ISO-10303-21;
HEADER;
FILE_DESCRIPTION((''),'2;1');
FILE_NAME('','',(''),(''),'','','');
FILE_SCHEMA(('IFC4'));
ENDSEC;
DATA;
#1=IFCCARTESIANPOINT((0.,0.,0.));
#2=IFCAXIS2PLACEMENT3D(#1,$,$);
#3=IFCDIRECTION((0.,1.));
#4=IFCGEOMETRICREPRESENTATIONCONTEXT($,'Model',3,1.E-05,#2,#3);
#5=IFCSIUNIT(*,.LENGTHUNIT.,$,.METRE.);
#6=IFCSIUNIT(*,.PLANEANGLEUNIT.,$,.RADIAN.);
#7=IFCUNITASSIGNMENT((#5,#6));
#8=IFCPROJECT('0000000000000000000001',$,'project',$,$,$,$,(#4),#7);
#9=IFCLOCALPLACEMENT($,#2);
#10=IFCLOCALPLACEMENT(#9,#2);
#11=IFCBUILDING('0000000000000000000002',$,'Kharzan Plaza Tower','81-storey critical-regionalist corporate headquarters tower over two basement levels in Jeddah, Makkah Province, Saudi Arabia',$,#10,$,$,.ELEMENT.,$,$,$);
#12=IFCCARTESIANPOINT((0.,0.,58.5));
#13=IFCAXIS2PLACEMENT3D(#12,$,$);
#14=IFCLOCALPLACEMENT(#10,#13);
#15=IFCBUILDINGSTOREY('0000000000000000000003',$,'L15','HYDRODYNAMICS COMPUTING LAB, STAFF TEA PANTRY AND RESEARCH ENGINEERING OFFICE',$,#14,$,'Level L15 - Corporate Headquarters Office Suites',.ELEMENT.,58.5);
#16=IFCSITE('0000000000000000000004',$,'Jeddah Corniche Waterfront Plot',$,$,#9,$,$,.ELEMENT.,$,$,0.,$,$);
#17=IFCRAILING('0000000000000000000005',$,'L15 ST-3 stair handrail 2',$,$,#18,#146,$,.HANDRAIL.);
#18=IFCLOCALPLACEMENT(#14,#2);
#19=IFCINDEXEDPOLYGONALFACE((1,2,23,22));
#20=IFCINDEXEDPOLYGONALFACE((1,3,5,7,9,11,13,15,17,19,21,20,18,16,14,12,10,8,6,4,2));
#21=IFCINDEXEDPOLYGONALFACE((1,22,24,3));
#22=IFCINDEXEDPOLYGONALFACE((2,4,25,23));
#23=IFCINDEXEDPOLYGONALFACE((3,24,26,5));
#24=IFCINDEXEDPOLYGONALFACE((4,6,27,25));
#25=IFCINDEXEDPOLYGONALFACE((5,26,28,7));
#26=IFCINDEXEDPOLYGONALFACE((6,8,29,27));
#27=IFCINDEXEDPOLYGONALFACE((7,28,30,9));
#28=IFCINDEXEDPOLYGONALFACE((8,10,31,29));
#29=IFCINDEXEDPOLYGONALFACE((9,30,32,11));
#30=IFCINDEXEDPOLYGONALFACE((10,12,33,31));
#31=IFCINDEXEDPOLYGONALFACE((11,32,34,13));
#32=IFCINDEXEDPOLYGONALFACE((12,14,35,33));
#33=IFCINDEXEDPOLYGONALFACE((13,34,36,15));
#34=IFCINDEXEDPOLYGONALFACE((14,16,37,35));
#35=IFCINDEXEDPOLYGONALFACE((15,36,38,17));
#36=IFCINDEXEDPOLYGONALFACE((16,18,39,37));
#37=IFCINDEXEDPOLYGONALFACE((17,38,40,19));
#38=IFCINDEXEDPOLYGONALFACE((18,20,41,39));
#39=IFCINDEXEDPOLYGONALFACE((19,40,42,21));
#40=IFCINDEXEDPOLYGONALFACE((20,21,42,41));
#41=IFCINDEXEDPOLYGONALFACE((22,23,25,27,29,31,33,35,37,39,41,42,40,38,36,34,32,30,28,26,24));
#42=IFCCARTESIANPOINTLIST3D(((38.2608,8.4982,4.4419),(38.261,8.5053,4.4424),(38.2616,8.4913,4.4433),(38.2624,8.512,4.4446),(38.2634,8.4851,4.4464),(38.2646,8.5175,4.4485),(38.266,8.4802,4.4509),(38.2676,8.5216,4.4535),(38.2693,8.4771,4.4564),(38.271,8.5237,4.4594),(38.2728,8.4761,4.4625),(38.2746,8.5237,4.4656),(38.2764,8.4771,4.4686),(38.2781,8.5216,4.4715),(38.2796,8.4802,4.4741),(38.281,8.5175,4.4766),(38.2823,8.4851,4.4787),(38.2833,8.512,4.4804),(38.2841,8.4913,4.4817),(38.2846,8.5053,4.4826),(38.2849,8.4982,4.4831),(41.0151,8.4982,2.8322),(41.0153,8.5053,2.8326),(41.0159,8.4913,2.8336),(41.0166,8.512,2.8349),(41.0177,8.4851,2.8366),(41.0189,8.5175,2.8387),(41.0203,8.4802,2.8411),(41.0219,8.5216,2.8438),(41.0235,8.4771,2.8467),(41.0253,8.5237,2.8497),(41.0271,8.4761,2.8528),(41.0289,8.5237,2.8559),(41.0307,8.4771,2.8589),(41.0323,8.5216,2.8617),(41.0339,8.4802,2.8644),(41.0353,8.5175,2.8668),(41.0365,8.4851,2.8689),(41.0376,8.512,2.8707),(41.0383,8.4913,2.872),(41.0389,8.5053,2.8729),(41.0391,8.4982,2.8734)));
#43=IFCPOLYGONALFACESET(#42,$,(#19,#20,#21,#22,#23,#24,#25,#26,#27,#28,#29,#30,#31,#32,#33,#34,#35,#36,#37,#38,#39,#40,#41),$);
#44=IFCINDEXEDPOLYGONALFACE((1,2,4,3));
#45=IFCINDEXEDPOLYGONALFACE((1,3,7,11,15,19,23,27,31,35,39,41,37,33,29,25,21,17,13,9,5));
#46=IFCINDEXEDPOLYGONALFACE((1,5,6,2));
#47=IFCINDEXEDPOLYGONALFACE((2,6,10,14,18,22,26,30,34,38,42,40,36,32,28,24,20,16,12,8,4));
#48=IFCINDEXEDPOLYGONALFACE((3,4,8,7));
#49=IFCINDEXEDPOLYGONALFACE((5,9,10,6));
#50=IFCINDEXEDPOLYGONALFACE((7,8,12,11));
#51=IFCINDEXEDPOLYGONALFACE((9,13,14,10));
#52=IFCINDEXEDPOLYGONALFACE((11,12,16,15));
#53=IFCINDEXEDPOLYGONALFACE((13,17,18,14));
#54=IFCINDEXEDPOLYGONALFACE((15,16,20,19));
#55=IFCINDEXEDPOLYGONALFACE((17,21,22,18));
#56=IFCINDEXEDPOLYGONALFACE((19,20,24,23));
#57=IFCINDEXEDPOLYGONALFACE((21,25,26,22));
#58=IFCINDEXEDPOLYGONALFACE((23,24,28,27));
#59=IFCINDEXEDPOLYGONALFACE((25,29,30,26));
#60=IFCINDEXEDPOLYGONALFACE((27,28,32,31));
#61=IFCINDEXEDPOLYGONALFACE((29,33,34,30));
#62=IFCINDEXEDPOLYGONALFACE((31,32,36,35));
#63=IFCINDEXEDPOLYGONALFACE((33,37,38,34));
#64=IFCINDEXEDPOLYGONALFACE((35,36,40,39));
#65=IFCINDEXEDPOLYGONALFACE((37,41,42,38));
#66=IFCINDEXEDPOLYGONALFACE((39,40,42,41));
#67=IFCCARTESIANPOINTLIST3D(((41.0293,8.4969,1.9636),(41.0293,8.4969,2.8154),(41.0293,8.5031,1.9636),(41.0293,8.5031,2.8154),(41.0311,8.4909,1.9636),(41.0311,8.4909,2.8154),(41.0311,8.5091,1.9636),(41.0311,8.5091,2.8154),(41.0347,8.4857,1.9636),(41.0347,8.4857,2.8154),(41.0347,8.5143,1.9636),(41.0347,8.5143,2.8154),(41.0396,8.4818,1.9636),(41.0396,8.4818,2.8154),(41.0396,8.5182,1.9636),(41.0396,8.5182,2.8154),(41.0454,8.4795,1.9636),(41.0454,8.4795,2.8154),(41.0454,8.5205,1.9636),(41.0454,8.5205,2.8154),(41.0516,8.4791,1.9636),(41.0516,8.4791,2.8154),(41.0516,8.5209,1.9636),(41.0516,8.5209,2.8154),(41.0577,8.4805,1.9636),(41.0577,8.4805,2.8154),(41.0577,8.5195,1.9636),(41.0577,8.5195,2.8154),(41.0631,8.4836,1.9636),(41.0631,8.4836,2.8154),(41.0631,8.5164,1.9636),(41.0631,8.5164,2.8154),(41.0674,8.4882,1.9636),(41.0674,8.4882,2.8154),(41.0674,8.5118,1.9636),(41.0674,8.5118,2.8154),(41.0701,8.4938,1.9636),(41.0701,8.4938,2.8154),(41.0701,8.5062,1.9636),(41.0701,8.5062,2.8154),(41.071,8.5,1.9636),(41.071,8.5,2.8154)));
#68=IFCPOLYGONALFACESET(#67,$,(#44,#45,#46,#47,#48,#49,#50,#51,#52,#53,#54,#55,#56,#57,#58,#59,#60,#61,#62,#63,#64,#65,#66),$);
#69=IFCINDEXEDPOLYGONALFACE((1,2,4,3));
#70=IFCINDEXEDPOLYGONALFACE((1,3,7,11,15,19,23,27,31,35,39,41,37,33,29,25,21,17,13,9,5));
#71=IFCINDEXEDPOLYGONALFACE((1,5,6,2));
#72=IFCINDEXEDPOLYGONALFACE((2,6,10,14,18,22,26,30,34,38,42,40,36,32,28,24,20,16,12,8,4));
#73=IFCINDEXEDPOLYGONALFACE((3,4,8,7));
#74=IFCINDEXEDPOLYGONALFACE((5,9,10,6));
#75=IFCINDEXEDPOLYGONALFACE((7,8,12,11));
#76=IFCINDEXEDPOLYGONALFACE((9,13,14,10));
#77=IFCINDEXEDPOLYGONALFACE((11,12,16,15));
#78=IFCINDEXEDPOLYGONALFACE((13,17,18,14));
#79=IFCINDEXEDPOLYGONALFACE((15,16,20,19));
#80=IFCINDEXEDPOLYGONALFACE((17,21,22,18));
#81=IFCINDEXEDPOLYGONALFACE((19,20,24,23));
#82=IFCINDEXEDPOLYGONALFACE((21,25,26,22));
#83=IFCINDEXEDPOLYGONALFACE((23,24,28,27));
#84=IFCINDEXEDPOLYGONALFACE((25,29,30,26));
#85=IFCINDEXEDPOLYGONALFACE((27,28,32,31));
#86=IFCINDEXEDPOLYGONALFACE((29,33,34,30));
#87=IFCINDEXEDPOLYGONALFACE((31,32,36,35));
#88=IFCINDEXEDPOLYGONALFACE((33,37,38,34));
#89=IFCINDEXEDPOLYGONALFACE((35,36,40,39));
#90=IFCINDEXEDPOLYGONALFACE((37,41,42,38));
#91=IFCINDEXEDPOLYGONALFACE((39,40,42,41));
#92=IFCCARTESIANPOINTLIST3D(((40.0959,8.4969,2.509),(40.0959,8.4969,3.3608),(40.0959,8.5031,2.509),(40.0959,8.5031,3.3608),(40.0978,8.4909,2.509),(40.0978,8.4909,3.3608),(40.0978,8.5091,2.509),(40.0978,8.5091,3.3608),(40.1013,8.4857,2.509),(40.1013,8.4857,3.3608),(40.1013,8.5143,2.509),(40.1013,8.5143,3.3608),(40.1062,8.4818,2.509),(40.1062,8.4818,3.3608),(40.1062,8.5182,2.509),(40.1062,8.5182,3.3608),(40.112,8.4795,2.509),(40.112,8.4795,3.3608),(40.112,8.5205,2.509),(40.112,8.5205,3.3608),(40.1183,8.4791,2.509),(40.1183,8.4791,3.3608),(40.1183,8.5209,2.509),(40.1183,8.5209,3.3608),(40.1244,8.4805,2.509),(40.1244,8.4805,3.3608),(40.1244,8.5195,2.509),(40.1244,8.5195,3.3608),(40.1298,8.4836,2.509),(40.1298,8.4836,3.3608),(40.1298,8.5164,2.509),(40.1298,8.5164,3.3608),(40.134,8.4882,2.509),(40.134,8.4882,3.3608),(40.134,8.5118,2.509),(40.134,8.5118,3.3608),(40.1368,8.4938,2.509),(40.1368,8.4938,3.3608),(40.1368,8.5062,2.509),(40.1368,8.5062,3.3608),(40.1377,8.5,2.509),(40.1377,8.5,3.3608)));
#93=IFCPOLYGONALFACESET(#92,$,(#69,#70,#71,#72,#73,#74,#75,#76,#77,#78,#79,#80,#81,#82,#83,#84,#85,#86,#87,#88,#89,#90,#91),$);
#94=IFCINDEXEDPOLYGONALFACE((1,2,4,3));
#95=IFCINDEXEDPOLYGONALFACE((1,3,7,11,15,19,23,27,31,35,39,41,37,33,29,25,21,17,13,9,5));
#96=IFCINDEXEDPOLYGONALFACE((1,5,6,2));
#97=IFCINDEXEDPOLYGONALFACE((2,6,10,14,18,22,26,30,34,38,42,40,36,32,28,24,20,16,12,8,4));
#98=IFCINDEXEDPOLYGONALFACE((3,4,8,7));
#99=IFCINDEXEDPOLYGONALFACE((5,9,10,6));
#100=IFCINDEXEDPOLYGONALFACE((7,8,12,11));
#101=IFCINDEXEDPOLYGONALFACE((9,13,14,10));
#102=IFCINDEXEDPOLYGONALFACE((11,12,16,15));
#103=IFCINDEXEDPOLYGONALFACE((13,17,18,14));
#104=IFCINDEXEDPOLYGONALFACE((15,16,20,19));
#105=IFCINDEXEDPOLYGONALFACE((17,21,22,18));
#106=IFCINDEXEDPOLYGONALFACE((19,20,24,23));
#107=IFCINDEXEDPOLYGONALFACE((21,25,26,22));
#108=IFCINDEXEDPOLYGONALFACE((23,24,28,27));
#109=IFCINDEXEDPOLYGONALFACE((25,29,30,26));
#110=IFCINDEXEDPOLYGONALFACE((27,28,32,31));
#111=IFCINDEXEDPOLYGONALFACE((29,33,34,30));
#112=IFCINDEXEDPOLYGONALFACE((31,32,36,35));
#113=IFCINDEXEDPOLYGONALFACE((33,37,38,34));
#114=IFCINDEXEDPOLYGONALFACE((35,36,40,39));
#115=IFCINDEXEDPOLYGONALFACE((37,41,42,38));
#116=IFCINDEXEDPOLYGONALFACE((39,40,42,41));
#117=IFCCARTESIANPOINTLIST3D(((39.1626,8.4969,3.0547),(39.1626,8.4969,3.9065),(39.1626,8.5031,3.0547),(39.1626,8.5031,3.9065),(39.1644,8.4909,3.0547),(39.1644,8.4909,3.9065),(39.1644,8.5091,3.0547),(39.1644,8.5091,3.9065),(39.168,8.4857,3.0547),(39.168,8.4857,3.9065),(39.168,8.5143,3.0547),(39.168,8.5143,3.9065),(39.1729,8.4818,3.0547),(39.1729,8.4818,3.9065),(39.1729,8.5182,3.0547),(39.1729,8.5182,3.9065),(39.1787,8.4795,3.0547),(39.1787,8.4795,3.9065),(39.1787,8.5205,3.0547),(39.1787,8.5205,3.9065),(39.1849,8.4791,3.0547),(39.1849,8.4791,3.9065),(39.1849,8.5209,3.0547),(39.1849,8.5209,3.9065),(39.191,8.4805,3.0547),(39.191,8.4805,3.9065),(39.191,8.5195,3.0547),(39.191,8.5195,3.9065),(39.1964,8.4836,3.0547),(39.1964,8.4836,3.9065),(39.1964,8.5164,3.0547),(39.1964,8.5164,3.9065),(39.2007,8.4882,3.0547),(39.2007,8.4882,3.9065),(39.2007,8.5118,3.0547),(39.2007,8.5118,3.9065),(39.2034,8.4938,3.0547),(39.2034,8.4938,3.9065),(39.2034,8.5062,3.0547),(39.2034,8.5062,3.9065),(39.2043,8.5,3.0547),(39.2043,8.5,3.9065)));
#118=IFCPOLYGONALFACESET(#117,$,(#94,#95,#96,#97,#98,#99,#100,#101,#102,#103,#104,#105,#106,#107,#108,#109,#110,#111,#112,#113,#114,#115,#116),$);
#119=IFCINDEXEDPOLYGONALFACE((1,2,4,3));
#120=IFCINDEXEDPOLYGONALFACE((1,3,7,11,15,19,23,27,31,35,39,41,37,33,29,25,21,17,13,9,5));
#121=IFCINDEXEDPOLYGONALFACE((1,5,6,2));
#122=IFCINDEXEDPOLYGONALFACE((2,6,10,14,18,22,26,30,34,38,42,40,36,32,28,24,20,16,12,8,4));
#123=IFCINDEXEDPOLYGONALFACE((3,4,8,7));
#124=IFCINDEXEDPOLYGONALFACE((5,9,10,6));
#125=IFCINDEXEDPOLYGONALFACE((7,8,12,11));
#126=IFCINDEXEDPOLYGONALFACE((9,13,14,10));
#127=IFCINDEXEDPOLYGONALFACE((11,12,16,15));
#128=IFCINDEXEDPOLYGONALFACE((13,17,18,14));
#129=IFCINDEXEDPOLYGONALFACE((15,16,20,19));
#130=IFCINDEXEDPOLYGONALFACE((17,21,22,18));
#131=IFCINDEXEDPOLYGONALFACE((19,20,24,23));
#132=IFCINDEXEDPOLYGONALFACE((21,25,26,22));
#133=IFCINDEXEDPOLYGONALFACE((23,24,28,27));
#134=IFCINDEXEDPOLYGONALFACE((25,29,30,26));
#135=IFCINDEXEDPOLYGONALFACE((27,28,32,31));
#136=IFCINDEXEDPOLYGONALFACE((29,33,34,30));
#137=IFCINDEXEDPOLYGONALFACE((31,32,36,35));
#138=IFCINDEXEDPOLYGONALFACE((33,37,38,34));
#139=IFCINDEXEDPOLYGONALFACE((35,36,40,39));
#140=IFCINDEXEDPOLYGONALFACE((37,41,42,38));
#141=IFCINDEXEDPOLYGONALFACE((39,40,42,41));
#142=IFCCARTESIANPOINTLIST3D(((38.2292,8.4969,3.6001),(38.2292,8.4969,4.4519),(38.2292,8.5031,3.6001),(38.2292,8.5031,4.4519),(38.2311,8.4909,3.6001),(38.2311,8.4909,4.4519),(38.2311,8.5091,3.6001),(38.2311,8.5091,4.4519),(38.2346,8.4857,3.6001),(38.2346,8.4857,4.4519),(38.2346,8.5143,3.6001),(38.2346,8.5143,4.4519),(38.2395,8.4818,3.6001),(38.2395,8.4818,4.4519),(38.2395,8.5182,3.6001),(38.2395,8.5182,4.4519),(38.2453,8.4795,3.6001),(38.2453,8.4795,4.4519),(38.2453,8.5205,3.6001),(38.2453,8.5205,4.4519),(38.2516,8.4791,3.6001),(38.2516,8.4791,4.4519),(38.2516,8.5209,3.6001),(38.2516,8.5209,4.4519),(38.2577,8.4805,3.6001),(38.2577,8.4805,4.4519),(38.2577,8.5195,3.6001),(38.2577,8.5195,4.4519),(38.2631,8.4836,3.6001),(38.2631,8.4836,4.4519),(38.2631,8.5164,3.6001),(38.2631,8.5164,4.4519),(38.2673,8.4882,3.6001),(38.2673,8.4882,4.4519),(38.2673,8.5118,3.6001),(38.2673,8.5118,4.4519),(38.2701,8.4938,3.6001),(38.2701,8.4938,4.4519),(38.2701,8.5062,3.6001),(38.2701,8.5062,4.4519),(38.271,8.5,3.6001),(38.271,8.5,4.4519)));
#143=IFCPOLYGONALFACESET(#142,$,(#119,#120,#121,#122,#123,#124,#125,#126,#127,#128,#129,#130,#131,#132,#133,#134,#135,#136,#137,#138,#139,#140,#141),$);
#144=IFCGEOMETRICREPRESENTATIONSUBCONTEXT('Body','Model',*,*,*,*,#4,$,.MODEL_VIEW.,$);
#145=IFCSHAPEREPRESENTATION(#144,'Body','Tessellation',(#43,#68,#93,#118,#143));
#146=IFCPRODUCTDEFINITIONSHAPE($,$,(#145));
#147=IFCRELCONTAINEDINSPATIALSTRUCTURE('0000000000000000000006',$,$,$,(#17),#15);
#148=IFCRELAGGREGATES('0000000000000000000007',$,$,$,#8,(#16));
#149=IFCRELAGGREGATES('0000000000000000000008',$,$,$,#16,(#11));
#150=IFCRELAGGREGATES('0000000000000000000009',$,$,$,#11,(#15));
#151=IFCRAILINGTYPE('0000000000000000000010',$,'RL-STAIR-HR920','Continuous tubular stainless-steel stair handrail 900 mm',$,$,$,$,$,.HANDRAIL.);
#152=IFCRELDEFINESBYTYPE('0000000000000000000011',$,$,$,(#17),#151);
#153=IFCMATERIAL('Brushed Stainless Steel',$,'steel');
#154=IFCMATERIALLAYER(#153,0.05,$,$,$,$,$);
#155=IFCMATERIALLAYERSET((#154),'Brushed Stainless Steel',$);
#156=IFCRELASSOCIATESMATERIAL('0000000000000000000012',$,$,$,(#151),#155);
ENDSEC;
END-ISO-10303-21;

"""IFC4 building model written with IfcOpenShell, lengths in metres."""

from ifc_helpers import new_model, si_unit, direction, frame, origin, origin_2d, place, context, subcontext, project, spatial, circle, extrude, source, transform, mapped, material, layer, layer_set, type_object, element, save


model = new_model("IFC4")

# Units and contexts
model_context = context("Model", 3, precision=1e-05, world=origin(), true_north=direction((0.0, 1.0)))
body_context = subcontext(model_context, "Body", "Model", "MODEL_VIEW")
ifc_project = project(units=[si_unit("LENGTHUNIT", "METRE"), si_unit("PLANEANGLEUNIT", "RADIAN")], contexts=[model_context])

# Site, building, storey
site_placement = place(None, origin())
site = spatial("IfcSite", under=ifc_project, at=site_placement, Name="Jeddah Corniche Waterfront Plot", CompositionType="ELEMENT", RefElevation=0.0)
building_placement = place(site_placement, origin())
building = spatial("IfcBuilding", under=site, at=building_placement, Name="Kharzan Plaza Tower", Description="81-storey critical-regionalist corporate headquarters tower over two basement levels in Jeddah, Makkah Province, Saudi Arabia", CompositionType="ELEMENT")
storey_placement = place(building_placement, frame((0.0, 0.0, 58.5)))
storey = spatial("IfcBuildingStorey", under=building, at=storey_placement, Name="L15", Description="HYDRODYNAMICS COMPUTING LAB, STAFF TEA PANTRY AND RESEARCH ENGINEERING OFFICE", LongName="Level L15 - Corporate Headquarters Office Suites", CompositionType="ELEMENT", Elevation=58.5)

# Shared definitions
ifc_material_1 = material(Name="Brushed Stainless Steel", Category="steel")

# Railing
ifc_layer_1 = layer(ifc_material_1, 0.05)
ifc_layer_set_1 = layer_set([ifc_layer_1], Name="Brushed Stainless Steel")
railing_type_1 = type_object("IfcRailingType", Name="RL-STAIR-HR920", Description="Continuous tubular stainless-steel stair handrail 900 mm", PredefinedType="HANDRAIL", material=ifc_layer_set_1)
shared_shape_1 = source(origin(), body_context, "Body", "SweptSolid", [
    extrude(circle(Radius=0.0239, at=origin_2d()), frame((-0.0229, 0.0, 0.8892), z_axis=(-0.863361, 0.0, 0.504587), x_axis=(0.0, -1.0, 0.0)), (0.0, 0.0, 1.0), 3.1902),
    extrude(circle(Radius=0.021, at=origin_2d()), origin(), (0.0, 0.0, 1.0), 0.8518),
    extrude(circle(Radius=0.021, at=origin_2d()), frame((-0.9333, 0.0, 0.5454)), (0.0, 0.0, 1.0), 0.8518),
    extrude(circle(Radius=0.021, at=origin_2d()), frame((-1.8667, 0.0, 1.0911)), (0.0, 0.0, 1.0), 0.8518),
    extrude(circle(Radius=0.021, at=origin_2d()), frame((-2.8, 0.0, 1.6365)), (0.0, 0.0, 1.0), 0.8518),
])
railing_1_placement = place(storey_placement, frame((41.05, 8.5, 1.9636)))
element("IfcRailing", 1, at=railing_1_placement, inside=storey, type_object=railing_type_1, Name="L15 ST-3 stair handrail 2", PredefinedType="HANDRAIL", context=body_context, shape_type="MappedRepresentation", body=[
    mapped(shared_shape_1, transform((0.0, 0.0, 0.0), x_axis=(1.0, 0.0, 0.0), y_axis=(0.0, 1.0, 0.0), z_axis=(0.0, 0.0, 1.0))),
])

save(model, "model.ifc")
